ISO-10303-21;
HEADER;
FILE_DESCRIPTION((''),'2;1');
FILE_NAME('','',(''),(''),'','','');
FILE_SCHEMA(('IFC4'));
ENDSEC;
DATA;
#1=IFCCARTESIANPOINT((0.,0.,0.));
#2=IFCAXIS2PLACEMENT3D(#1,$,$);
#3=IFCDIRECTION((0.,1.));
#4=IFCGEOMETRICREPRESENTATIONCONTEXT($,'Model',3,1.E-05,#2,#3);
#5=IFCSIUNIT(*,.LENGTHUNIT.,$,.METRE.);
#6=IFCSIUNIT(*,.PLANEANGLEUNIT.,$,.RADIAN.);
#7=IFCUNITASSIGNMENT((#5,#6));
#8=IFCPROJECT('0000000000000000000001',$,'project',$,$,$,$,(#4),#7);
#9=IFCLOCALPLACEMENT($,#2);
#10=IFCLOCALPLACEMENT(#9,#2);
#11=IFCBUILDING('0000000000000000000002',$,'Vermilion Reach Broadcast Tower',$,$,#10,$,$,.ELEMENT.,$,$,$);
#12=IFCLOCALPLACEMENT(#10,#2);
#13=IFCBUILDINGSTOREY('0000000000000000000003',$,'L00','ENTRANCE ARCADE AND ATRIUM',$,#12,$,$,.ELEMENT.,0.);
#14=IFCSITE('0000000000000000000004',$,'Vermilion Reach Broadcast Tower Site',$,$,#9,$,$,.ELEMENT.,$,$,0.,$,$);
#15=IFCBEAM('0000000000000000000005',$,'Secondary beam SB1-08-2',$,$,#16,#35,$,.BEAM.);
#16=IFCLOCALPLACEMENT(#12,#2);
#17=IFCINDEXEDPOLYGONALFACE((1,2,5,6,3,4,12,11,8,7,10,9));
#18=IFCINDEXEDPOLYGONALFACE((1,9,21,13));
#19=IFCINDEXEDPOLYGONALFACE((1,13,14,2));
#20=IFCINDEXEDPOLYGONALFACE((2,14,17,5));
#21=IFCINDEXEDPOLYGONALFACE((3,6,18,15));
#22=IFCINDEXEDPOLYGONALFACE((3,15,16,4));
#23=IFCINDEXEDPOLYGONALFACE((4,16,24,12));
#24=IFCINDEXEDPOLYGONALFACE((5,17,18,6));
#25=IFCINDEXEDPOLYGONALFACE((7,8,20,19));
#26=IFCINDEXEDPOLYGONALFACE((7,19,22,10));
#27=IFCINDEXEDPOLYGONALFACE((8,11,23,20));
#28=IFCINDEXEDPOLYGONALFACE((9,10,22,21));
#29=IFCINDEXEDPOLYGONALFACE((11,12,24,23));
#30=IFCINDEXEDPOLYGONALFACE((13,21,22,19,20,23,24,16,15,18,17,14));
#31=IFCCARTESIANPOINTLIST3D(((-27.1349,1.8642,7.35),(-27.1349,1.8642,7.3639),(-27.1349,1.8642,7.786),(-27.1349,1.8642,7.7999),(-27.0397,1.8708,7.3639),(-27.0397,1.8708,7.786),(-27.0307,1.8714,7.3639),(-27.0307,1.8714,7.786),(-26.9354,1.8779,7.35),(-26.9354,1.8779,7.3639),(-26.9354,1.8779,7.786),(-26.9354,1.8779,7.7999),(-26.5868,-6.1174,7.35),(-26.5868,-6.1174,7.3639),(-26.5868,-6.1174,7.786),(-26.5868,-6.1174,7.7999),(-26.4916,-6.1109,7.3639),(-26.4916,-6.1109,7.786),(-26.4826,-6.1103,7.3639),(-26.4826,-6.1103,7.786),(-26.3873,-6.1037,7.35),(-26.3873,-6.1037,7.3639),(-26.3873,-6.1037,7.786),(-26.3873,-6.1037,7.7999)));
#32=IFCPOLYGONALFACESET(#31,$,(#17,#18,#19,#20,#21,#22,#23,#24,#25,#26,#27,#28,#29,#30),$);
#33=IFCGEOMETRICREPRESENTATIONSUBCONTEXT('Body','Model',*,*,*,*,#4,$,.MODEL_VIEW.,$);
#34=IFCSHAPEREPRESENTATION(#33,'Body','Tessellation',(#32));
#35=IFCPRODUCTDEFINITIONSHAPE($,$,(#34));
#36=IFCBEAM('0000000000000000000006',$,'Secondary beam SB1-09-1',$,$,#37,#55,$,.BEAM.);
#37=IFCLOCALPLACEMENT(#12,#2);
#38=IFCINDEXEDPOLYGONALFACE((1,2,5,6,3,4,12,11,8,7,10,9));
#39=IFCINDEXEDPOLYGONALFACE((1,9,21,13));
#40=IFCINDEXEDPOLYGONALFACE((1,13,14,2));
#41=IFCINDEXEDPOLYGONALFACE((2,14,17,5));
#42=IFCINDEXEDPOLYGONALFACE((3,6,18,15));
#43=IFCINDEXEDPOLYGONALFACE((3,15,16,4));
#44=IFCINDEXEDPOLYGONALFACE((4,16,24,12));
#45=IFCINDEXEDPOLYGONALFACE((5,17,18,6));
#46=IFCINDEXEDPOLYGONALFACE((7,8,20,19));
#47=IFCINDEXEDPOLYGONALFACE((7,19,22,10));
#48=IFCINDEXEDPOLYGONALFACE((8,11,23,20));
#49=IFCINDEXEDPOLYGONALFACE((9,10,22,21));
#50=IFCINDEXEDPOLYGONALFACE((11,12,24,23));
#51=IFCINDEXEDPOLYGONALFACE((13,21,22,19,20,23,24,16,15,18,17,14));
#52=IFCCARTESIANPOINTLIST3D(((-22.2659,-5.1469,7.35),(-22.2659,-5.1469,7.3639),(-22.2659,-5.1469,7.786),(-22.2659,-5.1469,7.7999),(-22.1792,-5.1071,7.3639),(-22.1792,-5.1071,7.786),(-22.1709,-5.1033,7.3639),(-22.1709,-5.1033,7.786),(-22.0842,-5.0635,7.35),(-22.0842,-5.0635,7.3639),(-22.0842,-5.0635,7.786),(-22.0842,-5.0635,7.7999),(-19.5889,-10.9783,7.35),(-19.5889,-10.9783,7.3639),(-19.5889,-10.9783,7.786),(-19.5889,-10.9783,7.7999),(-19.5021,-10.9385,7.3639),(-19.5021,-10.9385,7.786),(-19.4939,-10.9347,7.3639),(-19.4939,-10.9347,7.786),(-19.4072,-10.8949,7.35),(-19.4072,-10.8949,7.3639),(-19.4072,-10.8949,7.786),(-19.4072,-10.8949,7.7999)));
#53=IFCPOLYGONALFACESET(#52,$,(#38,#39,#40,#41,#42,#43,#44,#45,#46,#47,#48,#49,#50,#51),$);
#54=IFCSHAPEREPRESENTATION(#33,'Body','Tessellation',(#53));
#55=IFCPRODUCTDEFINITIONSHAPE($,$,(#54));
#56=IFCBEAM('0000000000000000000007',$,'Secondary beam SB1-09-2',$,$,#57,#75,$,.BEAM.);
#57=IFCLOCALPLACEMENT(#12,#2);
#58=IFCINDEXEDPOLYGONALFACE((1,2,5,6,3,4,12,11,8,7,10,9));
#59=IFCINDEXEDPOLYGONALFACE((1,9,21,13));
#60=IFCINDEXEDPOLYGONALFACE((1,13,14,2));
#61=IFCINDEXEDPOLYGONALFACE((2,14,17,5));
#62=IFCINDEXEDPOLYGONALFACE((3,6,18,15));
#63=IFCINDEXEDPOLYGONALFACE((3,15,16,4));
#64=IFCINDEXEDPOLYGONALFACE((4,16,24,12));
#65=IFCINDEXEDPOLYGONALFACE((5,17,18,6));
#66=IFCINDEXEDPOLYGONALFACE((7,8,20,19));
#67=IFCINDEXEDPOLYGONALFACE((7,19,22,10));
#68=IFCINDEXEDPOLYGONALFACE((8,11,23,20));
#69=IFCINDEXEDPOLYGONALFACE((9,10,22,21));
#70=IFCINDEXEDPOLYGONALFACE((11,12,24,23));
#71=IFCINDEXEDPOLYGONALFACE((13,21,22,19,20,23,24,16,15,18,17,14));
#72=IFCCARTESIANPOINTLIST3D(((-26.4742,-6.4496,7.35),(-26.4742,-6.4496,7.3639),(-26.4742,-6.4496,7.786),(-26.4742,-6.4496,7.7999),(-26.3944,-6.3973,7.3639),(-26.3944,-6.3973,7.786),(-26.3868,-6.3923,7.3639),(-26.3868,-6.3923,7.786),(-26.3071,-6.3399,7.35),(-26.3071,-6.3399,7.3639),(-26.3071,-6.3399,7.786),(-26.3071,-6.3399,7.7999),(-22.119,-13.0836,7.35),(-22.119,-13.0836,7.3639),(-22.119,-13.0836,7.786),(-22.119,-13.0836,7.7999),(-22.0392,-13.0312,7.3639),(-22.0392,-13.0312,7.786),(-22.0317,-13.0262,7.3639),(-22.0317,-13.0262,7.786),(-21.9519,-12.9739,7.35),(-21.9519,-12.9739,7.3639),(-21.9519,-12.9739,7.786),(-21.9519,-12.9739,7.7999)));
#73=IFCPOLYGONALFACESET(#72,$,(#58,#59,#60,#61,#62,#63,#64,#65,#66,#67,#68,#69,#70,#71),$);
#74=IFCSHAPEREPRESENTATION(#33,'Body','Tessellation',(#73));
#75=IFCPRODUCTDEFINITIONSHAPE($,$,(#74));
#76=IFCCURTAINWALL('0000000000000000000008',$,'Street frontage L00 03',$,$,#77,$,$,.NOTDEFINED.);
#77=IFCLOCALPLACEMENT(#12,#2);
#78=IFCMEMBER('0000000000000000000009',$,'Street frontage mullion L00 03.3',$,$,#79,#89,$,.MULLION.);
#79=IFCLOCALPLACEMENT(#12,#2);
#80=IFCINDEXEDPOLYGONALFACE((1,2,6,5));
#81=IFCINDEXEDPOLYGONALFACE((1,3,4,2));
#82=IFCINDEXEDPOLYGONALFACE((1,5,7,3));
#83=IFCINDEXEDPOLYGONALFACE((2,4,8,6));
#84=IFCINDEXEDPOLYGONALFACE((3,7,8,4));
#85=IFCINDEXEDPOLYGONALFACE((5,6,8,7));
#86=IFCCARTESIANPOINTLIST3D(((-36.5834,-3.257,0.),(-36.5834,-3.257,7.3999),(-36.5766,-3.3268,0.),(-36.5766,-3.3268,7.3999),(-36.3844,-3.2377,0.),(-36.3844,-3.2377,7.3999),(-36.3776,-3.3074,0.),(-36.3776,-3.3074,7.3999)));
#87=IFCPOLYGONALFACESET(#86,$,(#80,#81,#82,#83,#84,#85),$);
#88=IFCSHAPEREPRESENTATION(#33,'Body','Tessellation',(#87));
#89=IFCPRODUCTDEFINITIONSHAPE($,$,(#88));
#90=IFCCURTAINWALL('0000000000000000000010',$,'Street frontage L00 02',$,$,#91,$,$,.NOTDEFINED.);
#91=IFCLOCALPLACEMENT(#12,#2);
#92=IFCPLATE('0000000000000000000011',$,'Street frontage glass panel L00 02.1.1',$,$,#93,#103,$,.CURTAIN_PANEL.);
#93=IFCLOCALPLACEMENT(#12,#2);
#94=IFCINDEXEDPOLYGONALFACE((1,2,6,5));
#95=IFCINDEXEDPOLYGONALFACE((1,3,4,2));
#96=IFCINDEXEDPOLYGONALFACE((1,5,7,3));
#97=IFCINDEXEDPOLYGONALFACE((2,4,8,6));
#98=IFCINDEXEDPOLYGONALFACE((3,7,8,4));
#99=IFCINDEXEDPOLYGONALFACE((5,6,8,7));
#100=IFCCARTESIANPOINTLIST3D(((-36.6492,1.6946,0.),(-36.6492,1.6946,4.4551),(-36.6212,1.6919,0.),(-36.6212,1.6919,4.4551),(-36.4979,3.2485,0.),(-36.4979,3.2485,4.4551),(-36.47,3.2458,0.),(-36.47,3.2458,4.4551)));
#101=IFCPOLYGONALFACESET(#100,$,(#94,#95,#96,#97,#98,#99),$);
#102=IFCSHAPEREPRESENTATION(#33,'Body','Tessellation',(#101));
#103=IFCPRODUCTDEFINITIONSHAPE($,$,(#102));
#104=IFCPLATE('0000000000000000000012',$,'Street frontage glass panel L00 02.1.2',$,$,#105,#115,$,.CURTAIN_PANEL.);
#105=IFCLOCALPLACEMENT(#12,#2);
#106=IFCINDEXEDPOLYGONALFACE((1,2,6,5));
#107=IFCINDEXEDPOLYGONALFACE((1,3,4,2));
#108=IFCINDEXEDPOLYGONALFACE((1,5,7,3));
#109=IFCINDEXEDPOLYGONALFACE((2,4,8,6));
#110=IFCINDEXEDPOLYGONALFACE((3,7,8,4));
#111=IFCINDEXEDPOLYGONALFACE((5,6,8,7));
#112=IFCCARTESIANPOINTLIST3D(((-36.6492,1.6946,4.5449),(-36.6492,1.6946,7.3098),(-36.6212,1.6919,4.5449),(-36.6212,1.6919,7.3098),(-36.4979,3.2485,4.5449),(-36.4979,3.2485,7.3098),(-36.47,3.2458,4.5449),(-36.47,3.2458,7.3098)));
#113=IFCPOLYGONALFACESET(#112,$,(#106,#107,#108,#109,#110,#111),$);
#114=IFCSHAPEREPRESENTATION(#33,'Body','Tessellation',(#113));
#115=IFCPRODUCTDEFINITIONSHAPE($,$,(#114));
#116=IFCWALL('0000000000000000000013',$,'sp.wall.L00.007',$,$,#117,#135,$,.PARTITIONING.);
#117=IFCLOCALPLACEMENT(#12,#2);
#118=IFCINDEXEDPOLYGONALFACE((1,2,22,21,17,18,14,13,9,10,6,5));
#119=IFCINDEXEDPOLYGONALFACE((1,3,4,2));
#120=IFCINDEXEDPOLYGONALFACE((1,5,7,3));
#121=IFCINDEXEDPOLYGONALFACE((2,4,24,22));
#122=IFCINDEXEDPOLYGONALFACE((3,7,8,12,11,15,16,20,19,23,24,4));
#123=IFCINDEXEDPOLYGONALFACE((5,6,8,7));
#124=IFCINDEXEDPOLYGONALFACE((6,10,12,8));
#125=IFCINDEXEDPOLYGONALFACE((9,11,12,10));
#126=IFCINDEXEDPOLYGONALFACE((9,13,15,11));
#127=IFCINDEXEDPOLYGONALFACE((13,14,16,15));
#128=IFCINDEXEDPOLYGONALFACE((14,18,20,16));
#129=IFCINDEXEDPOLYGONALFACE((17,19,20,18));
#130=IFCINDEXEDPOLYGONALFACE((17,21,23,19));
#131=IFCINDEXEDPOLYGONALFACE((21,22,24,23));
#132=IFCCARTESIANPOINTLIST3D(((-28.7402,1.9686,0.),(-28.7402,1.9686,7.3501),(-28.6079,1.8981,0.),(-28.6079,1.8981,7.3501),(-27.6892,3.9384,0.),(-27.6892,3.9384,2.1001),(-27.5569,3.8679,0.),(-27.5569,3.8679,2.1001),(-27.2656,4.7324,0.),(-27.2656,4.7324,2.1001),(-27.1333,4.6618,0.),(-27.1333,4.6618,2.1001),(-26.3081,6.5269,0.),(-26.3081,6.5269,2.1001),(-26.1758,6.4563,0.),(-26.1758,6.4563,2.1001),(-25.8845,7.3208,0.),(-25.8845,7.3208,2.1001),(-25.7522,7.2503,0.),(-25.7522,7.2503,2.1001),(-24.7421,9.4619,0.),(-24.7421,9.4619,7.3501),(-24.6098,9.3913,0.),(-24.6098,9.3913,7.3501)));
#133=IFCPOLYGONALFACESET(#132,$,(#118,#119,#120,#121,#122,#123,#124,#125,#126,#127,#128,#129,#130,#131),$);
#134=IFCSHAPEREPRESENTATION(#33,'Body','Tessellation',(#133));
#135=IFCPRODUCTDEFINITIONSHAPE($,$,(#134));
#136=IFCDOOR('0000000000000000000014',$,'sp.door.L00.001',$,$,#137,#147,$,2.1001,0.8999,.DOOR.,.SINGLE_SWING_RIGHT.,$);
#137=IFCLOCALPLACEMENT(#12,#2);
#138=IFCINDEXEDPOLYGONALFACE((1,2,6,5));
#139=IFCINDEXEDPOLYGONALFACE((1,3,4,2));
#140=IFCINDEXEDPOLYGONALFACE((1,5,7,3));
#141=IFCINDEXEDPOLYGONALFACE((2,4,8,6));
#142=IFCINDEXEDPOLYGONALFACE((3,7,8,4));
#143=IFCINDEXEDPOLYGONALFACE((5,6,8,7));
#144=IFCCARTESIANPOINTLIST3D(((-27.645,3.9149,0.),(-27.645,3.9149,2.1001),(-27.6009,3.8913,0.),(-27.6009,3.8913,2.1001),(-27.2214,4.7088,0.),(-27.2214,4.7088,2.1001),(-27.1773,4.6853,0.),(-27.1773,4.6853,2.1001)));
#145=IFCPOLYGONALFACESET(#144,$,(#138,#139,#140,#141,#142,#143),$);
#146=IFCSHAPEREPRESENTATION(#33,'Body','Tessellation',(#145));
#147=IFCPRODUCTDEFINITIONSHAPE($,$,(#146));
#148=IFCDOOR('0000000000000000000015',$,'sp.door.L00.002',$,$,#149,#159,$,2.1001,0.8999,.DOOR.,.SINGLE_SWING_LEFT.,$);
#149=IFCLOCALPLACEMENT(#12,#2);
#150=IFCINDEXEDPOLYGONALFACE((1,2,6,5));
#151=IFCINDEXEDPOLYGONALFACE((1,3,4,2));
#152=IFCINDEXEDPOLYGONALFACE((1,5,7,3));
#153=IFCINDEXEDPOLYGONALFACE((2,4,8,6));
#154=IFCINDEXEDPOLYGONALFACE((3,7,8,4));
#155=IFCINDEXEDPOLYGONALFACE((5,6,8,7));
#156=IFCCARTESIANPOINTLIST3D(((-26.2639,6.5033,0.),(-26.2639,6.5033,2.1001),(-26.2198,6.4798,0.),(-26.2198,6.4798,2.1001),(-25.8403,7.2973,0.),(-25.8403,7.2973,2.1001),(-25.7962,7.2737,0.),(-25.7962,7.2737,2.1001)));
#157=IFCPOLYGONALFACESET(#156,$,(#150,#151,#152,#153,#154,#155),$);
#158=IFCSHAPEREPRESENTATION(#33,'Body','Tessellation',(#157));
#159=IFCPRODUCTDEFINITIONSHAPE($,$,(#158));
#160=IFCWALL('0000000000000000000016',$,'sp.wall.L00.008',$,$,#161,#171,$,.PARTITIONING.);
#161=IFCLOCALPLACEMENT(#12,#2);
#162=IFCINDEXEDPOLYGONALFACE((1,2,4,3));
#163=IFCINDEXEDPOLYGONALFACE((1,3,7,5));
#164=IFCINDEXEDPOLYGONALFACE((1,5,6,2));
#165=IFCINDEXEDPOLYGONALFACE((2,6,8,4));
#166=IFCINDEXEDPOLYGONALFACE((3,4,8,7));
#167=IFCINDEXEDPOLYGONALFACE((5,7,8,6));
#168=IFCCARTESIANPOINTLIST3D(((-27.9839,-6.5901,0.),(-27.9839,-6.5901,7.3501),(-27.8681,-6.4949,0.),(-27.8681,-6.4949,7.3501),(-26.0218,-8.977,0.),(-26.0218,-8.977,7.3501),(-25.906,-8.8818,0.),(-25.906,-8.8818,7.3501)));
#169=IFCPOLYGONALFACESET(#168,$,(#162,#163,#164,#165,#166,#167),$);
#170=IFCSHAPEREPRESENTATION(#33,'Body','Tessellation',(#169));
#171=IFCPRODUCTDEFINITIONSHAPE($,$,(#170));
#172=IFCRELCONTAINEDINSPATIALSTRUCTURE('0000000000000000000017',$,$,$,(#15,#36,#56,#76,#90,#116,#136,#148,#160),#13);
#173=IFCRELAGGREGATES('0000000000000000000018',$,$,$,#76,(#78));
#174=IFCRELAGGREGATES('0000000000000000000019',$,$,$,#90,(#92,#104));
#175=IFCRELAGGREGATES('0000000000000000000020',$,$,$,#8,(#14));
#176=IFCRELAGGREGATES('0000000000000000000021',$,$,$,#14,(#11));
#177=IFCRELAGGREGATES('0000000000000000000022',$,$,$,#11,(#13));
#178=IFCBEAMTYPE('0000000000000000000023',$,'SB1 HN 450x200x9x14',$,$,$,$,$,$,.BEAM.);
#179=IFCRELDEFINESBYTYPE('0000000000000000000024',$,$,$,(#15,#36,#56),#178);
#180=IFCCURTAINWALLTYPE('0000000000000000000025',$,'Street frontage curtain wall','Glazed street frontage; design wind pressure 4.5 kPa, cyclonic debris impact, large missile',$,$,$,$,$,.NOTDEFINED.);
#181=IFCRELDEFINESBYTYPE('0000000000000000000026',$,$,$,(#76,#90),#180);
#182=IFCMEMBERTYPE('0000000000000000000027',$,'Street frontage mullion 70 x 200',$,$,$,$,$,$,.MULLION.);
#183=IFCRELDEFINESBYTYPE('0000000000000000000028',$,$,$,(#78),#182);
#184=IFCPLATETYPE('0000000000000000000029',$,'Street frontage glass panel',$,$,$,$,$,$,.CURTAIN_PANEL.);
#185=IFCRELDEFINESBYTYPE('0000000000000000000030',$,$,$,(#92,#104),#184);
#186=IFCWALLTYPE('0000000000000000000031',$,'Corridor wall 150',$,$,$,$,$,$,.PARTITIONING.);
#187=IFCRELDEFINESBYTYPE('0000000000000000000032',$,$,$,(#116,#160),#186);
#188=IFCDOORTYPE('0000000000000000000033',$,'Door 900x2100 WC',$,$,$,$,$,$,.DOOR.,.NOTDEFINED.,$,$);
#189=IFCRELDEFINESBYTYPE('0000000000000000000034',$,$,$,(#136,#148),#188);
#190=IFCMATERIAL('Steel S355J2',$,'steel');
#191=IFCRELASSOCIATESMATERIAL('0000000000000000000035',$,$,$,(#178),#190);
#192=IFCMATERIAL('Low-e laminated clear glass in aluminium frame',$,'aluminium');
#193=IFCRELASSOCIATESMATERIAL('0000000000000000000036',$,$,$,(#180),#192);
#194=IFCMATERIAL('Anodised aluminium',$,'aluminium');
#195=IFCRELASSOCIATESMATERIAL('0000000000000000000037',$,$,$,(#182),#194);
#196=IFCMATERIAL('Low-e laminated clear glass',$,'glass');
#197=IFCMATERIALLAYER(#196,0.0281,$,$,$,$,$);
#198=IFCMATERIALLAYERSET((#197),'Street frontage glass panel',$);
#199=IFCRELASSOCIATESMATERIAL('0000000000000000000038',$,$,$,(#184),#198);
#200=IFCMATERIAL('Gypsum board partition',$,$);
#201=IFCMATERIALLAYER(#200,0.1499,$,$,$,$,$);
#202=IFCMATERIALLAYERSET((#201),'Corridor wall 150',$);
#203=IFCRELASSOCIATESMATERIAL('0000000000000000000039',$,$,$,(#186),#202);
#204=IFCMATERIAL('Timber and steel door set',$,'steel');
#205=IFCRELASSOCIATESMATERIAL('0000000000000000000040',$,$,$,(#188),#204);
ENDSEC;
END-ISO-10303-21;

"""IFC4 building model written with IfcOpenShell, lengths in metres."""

from ifc_helpers import new_model, si_unit, direction, frame, frame_2d, origin, origin_2d, place, context, subcontext, project, spatial, rectangle, i_section, extrude, material, layer, layer_set, material_profile, profile_set, type_object, element, fill, aggregate, save


model = new_model("IFC4")

# Units and contexts
model_context = context("Model", 3, precision=1e-05, world=origin(), true_north=direction((0.0, 1.0)))
body_context = subcontext(model_context, "Body", "Model", "MODEL_VIEW")
ifc_project = project(units=[si_unit("LENGTHUNIT", "METRE"), si_unit("PLANEANGLEUNIT", "RADIAN")], contexts=[model_context])

# Site, building, storey
site_placement = place(None, origin())
site = spatial("IfcSite", under=ifc_project, at=site_placement, Name="Vermilion Reach Broadcast Tower Site", CompositionType="ELEMENT", RefElevation=0.0)
building_placement = place(site_placement, origin())
building = spatial("IfcBuilding", under=site, at=building_placement, Name="Vermilion Reach Broadcast Tower", CompositionType="ELEMENT")
storey_placement = place(building_placement, origin())
storey = spatial("IfcBuildingStorey", under=building, at=storey_placement, Name="L00", Description="ENTRANCE ARCADE AND ATRIUM", CompositionType="ELEMENT", Elevation=0.0)

# Beams
ifc_material_1 = material(Name="Steel S355J2", Category="steel")
ifc_material_profile_1 = material_profile(ifc_material_1, i_section(OverallWidth=0.2, OverallDepth=0.45, WebThickness=0.009, FlangeThickness=0.0139, at=origin_2d()), Name="S355J2 HN 450x200x9x14")
ifc_profile_set_1 = profile_set([ifc_material_profile_1], Name="Steel S355J2")
beam_type_1 = type_object("IfcBeamType", Name="SB1 HN 450x200x9x14", PredefinedType="BEAM", material=ifc_profile_set_1)
beam_1_placement = place(storey_placement, frame((-27.0352, 1.8711, 7.575), z_axis=(0.068508, -0.997651, 0.0), x_axis=(0.997651, 0.068508, 0.0)))
element("IfcBeam", 1, at=beam_1_placement, inside=storey, type_object=beam_type_1, Name="Secondary beam SB1-08-2", PredefinedType="BEAM", context=body_context, shape_type="SweptSolid", body=[
    extrude(i_section(OverallWidth=0.2, OverallDepth=0.45, WebThickness=0.009, FlangeThickness=0.0139, at=origin_2d()), origin(), (0.0, 0.0, 1.0), 8.0005),
])
beam_2_placement = place(storey_placement, frame((-22.175, -5.1052, 7.575), z_axis=(0.417211, -0.908809, 0.0), x_axis=(0.908809, 0.417211, 0.0)))
element("IfcBeam", 2, at=beam_2_placement, inside=storey, type_object=beam_type_1, Name="Secondary beam SB1-09-1", PredefinedType="BEAM", context=body_context, shape_type="SweptSolid", body=[
    extrude(i_section(OverallWidth=0.2, OverallDepth=0.45, WebThickness=0.009, FlangeThickness=0.0139, at=origin_2d()), origin(), (0.0, 0.0, 1.0), 6.4165),
])
beam_3_placement = place(storey_placement, frame((-26.3906, -6.3948, 7.575), z_axis=(0.548801, -0.835953, 0.0), x_axis=(0.835953, 0.548801, 0.0)))
element("IfcBeam", 3, at=beam_3_placement, inside=storey, type_object=beam_type_1, Name="Secondary beam SB1-09-2", PredefinedType="BEAM", context=body_context, shape_type="SweptSolid", body=[
    extrude(i_section(OverallWidth=0.2, OverallDepth=0.45, WebThickness=0.009, FlangeThickness=0.0139, at=origin_2d()), origin(), (0.0, 0.0, 1.0), 7.9358),
])

# Curtain wall, member
ifc_material_2 = material(Name="Low-e laminated clear glass in aluminium frame", Category="aluminium")
curtain_wall_type = type_object("IfcCurtainWallType", Name="Street frontage curtain wall", Description="Glazed street frontage; design wind pressure 4.5 kPa, cyclonic debris impact, large missile", PredefinedType="NOTDEFINED", material=ifc_material_2)
placement = place(storey_placement, origin())
curtain_wall_1 = element("IfcCurtainWall", 4, at=placement, inside=storey, type_object=curtain_wall_type, Name="Street frontage L00 03", PredefinedType="NOTDEFINED")
ifc_material_3 = material(Name="Anodised aluminium", Category="aluminium")
ifc_material_profile_2 = material_profile(ifc_material_3, rectangle(XDim=0.2, YDim=0.0701, at=origin_2d()), Name="Street frontage mullion 70 x 200")
ifc_profile_set_2 = profile_set([ifc_material_profile_2], Name="Anodised aluminium")
member_type = type_object("IfcMemberType", Name="Street frontage mullion 70 x 200", PredefinedType="MULLION", material=ifc_profile_set_2)
member_placement = place(storey_placement, frame((-36.4805, -3.2822, 0.0), z_axis=(0.0, 0.0, 1.0), x_axis=(0.995298, 0.096861, 0.0)))
member = element("IfcMember", 5, at=member_placement, type_object=member_type, Name="Street frontage mullion L00 03.3", PredefinedType="MULLION", context=body_context, shape_type="SweptSolid", body=[
    extrude(rectangle(XDim=0.2, YDim=0.0701, at=origin_2d()), origin(), (0.0, 0.0, 1.0), 7.3999),
])
aggregate(curtain_wall_1, [member])

# Curtain wall, plates
curtain_wall_2 = element("IfcCurtainWall", 6, at=placement, inside=storey, type_object=curtain_wall_type, Name="Street frontage L00 02", PredefinedType="NOTDEFINED")
ifc_material_4 = material(Name="Low-e laminated clear glass", Category="glass")
ifc_layer_1 = layer(ifc_material_4, 0.0281)
ifc_layer_set_1 = layer_set([ifc_layer_1], Name="Street frontage glass panel")
plate_type = type_object("IfcPlateType", Name="Street frontage glass panel", PredefinedType="CURTAIN_PANEL", material=ifc_layer_set_1)
plate_1_placement = place(storey_placement, frame((-36.5596, 2.4702, 0.0), z_axis=(0.0, 0.0, 1.0), x_axis=(-0.096861, -0.995298, 0.0)))
plate_1 = element("IfcPlate", 7, at=plate_1_placement, type_object=plate_type, Name="Street frontage glass panel L00 02.1.1", PredefinedType="CURTAIN_PANEL", context=body_context, shape_type="SweptSolid", body=[
    extrude(rectangle(XDim=1.5613, YDim=0.0281, at=origin_2d()), origin(), (0.0, 0.0, 1.0), 4.4551),
])
plate_2_placement = place(storey_placement, frame((-36.5596, 2.4702, 4.5449), z_axis=(0.0, 0.0, 1.0), x_axis=(-0.096861, -0.995298, 0.0)))
plate_2 = element("IfcPlate", 8, at=plate_2_placement, type_object=plate_type, Name="Street frontage glass panel L00 02.1.2", PredefinedType="CURTAIN_PANEL", context=body_context, shape_type="SweptSolid", body=[
    extrude(rectangle(XDim=1.5613, YDim=0.0281, at=origin_2d()), origin(), (0.0, 0.0, 1.0), 2.7649),
])
aggregate(curtain_wall_2, [plate_1, plate_2])

# Wall, openings, doors
ifc_material_5 = material(Name="Gypsum board partition")
ifc_layer_2 = layer(ifc_material_5, 0.1499)
ifc_layer_set_2 = layer_set([ifc_layer_2], Name="Corridor wall 150")
wall_type_1 = type_object("IfcWallType", Name="Corridor wall 150", PredefinedType="PARTITIONING", material=ifc_layer_set_2)
wall_1_placement = place(storey_placement, frame((-28.6741, 1.9333, 0.0), z_axis=(0.0, 0.0, 1.0), x_axis=(0.470743, 0.88227, 0.0)))
wall_1 = element("IfcWall", 9, at=wall_1_placement, inside=storey, type_object=wall_type_1, Name="sp.wall.L00.007", PredefinedType="PARTITIONING", context=body_context, shape_type="SweptSolid", body=[
    extrude(rectangle(XDim=8.4932, YDim=0.1499, at=frame_2d((4.2466, 0.0))), origin(), (0.0, 0.0, 1.0), 7.3501),
])
opening_1_placement = place(wall_1_placement, frame((2.2327, 0.0, 0.0)))
opening_1 = element("IfcOpeningElement", 10, at=opening_1_placement, cuts=wall_1, PredefinedType="OPENING", context=body_context, shape_type="SweptSolid", body=[
    extrude(rectangle(XDim=0.8999, YDim=2.1001, at=frame_2d((0.45, 1.05))), frame((0.0, 0.085, 0.0), z_axis=(0.0, -1.0, 0.0), x_axis=(1.0, 0.0, 0.0)), (0.0, 0.0, 1.0), 0.1699),
])
opening_2_placement = place(wall_1_placement, frame((5.1665, 0.0, 0.0)))
opening_2 = element("IfcOpeningElement", 11, at=opening_2_placement, cuts=wall_1, PredefinedType="OPENING", context=body_context, shape_type="SweptSolid", body=[
    extrude(rectangle(XDim=0.8999, YDim=2.1001, at=frame_2d((0.45, 1.05))), frame((0.0, 0.085, 0.0), z_axis=(0.0, -1.0, 0.0), x_axis=(1.0, 0.0, 0.0)), (0.0, 0.0, 1.0), 0.1699),
])
ifc_material_6 = material(Name="Timber and steel door set", Category="steel")
door_type_1 = type_object("IfcDoorType", Name="Door 900x2100 WC", OperationType="NOTDEFINED", PredefinedType="DOOR", material=ifc_material_6)
door_1_placement = place(opening_1_placement, origin())
door_1 = element("IfcDoor", 12, at=door_1_placement, inside=storey, type_object=door_type_1, Name="sp.door.L00.001", OperationType="SINGLE_SWING_RIGHT", OverallHeight=2.1001, OverallWidth=0.8999, PredefinedType="DOOR", context=body_context, shape_type="SweptSolid", body=[
    extrude(rectangle(XDim=0.8999, YDim=2.1001, at=frame_2d((0.45, 1.05))), frame((0.0, 0.0249, 0.0), z_axis=(0.0, -1.0, 0.0), x_axis=(1.0, 0.0, 0.0)), (0.0, 0.0, 1.0), 0.05),
])
fill(opening_1, door_1)
door_2_placement = place(opening_2_placement, origin())
door_2 = element("IfcDoor", 13, at=door_2_placement, inside=storey, type_object=door_type_1, Name="sp.door.L00.002", OperationType="SINGLE_SWING_LEFT", OverallHeight=2.1001, OverallWidth=0.8999, PredefinedType="DOOR", context=body_context, shape_type="SweptSolid", body=[
    extrude(rectangle(XDim=0.8999, YDim=2.1001, at=frame_2d((0.45, 1.05))), frame((0.0, 0.0249, 0.0), z_axis=(0.0, -1.0, 0.0), x_axis=(1.0, 0.0, 0.0)), (0.0, 0.0, 1.0), 0.05),
])
fill(opening_2, door_2)

# Wall
wall_2_placement = place(storey_placement, frame((-27.926, -6.5425, 0.0), z_axis=(0.0, 0.0, 1.0), x_axis=(0.635017, -0.772498, 0.0)))
element("IfcWall", 14, at=wall_2_placement, inside=storey, type_object=wall_type_1, Name="sp.wall.L00.008", PredefinedType="PARTITIONING", context=body_context, shape_type="SweptSolid", body=[
    extrude(rectangle(XDim=3.0898, YDim=0.1499, at=frame_2d((1.5449, 0.0))), origin(), (0.0, 0.0, 1.0), 7.3501),
])

save(model, "model.ifc")
